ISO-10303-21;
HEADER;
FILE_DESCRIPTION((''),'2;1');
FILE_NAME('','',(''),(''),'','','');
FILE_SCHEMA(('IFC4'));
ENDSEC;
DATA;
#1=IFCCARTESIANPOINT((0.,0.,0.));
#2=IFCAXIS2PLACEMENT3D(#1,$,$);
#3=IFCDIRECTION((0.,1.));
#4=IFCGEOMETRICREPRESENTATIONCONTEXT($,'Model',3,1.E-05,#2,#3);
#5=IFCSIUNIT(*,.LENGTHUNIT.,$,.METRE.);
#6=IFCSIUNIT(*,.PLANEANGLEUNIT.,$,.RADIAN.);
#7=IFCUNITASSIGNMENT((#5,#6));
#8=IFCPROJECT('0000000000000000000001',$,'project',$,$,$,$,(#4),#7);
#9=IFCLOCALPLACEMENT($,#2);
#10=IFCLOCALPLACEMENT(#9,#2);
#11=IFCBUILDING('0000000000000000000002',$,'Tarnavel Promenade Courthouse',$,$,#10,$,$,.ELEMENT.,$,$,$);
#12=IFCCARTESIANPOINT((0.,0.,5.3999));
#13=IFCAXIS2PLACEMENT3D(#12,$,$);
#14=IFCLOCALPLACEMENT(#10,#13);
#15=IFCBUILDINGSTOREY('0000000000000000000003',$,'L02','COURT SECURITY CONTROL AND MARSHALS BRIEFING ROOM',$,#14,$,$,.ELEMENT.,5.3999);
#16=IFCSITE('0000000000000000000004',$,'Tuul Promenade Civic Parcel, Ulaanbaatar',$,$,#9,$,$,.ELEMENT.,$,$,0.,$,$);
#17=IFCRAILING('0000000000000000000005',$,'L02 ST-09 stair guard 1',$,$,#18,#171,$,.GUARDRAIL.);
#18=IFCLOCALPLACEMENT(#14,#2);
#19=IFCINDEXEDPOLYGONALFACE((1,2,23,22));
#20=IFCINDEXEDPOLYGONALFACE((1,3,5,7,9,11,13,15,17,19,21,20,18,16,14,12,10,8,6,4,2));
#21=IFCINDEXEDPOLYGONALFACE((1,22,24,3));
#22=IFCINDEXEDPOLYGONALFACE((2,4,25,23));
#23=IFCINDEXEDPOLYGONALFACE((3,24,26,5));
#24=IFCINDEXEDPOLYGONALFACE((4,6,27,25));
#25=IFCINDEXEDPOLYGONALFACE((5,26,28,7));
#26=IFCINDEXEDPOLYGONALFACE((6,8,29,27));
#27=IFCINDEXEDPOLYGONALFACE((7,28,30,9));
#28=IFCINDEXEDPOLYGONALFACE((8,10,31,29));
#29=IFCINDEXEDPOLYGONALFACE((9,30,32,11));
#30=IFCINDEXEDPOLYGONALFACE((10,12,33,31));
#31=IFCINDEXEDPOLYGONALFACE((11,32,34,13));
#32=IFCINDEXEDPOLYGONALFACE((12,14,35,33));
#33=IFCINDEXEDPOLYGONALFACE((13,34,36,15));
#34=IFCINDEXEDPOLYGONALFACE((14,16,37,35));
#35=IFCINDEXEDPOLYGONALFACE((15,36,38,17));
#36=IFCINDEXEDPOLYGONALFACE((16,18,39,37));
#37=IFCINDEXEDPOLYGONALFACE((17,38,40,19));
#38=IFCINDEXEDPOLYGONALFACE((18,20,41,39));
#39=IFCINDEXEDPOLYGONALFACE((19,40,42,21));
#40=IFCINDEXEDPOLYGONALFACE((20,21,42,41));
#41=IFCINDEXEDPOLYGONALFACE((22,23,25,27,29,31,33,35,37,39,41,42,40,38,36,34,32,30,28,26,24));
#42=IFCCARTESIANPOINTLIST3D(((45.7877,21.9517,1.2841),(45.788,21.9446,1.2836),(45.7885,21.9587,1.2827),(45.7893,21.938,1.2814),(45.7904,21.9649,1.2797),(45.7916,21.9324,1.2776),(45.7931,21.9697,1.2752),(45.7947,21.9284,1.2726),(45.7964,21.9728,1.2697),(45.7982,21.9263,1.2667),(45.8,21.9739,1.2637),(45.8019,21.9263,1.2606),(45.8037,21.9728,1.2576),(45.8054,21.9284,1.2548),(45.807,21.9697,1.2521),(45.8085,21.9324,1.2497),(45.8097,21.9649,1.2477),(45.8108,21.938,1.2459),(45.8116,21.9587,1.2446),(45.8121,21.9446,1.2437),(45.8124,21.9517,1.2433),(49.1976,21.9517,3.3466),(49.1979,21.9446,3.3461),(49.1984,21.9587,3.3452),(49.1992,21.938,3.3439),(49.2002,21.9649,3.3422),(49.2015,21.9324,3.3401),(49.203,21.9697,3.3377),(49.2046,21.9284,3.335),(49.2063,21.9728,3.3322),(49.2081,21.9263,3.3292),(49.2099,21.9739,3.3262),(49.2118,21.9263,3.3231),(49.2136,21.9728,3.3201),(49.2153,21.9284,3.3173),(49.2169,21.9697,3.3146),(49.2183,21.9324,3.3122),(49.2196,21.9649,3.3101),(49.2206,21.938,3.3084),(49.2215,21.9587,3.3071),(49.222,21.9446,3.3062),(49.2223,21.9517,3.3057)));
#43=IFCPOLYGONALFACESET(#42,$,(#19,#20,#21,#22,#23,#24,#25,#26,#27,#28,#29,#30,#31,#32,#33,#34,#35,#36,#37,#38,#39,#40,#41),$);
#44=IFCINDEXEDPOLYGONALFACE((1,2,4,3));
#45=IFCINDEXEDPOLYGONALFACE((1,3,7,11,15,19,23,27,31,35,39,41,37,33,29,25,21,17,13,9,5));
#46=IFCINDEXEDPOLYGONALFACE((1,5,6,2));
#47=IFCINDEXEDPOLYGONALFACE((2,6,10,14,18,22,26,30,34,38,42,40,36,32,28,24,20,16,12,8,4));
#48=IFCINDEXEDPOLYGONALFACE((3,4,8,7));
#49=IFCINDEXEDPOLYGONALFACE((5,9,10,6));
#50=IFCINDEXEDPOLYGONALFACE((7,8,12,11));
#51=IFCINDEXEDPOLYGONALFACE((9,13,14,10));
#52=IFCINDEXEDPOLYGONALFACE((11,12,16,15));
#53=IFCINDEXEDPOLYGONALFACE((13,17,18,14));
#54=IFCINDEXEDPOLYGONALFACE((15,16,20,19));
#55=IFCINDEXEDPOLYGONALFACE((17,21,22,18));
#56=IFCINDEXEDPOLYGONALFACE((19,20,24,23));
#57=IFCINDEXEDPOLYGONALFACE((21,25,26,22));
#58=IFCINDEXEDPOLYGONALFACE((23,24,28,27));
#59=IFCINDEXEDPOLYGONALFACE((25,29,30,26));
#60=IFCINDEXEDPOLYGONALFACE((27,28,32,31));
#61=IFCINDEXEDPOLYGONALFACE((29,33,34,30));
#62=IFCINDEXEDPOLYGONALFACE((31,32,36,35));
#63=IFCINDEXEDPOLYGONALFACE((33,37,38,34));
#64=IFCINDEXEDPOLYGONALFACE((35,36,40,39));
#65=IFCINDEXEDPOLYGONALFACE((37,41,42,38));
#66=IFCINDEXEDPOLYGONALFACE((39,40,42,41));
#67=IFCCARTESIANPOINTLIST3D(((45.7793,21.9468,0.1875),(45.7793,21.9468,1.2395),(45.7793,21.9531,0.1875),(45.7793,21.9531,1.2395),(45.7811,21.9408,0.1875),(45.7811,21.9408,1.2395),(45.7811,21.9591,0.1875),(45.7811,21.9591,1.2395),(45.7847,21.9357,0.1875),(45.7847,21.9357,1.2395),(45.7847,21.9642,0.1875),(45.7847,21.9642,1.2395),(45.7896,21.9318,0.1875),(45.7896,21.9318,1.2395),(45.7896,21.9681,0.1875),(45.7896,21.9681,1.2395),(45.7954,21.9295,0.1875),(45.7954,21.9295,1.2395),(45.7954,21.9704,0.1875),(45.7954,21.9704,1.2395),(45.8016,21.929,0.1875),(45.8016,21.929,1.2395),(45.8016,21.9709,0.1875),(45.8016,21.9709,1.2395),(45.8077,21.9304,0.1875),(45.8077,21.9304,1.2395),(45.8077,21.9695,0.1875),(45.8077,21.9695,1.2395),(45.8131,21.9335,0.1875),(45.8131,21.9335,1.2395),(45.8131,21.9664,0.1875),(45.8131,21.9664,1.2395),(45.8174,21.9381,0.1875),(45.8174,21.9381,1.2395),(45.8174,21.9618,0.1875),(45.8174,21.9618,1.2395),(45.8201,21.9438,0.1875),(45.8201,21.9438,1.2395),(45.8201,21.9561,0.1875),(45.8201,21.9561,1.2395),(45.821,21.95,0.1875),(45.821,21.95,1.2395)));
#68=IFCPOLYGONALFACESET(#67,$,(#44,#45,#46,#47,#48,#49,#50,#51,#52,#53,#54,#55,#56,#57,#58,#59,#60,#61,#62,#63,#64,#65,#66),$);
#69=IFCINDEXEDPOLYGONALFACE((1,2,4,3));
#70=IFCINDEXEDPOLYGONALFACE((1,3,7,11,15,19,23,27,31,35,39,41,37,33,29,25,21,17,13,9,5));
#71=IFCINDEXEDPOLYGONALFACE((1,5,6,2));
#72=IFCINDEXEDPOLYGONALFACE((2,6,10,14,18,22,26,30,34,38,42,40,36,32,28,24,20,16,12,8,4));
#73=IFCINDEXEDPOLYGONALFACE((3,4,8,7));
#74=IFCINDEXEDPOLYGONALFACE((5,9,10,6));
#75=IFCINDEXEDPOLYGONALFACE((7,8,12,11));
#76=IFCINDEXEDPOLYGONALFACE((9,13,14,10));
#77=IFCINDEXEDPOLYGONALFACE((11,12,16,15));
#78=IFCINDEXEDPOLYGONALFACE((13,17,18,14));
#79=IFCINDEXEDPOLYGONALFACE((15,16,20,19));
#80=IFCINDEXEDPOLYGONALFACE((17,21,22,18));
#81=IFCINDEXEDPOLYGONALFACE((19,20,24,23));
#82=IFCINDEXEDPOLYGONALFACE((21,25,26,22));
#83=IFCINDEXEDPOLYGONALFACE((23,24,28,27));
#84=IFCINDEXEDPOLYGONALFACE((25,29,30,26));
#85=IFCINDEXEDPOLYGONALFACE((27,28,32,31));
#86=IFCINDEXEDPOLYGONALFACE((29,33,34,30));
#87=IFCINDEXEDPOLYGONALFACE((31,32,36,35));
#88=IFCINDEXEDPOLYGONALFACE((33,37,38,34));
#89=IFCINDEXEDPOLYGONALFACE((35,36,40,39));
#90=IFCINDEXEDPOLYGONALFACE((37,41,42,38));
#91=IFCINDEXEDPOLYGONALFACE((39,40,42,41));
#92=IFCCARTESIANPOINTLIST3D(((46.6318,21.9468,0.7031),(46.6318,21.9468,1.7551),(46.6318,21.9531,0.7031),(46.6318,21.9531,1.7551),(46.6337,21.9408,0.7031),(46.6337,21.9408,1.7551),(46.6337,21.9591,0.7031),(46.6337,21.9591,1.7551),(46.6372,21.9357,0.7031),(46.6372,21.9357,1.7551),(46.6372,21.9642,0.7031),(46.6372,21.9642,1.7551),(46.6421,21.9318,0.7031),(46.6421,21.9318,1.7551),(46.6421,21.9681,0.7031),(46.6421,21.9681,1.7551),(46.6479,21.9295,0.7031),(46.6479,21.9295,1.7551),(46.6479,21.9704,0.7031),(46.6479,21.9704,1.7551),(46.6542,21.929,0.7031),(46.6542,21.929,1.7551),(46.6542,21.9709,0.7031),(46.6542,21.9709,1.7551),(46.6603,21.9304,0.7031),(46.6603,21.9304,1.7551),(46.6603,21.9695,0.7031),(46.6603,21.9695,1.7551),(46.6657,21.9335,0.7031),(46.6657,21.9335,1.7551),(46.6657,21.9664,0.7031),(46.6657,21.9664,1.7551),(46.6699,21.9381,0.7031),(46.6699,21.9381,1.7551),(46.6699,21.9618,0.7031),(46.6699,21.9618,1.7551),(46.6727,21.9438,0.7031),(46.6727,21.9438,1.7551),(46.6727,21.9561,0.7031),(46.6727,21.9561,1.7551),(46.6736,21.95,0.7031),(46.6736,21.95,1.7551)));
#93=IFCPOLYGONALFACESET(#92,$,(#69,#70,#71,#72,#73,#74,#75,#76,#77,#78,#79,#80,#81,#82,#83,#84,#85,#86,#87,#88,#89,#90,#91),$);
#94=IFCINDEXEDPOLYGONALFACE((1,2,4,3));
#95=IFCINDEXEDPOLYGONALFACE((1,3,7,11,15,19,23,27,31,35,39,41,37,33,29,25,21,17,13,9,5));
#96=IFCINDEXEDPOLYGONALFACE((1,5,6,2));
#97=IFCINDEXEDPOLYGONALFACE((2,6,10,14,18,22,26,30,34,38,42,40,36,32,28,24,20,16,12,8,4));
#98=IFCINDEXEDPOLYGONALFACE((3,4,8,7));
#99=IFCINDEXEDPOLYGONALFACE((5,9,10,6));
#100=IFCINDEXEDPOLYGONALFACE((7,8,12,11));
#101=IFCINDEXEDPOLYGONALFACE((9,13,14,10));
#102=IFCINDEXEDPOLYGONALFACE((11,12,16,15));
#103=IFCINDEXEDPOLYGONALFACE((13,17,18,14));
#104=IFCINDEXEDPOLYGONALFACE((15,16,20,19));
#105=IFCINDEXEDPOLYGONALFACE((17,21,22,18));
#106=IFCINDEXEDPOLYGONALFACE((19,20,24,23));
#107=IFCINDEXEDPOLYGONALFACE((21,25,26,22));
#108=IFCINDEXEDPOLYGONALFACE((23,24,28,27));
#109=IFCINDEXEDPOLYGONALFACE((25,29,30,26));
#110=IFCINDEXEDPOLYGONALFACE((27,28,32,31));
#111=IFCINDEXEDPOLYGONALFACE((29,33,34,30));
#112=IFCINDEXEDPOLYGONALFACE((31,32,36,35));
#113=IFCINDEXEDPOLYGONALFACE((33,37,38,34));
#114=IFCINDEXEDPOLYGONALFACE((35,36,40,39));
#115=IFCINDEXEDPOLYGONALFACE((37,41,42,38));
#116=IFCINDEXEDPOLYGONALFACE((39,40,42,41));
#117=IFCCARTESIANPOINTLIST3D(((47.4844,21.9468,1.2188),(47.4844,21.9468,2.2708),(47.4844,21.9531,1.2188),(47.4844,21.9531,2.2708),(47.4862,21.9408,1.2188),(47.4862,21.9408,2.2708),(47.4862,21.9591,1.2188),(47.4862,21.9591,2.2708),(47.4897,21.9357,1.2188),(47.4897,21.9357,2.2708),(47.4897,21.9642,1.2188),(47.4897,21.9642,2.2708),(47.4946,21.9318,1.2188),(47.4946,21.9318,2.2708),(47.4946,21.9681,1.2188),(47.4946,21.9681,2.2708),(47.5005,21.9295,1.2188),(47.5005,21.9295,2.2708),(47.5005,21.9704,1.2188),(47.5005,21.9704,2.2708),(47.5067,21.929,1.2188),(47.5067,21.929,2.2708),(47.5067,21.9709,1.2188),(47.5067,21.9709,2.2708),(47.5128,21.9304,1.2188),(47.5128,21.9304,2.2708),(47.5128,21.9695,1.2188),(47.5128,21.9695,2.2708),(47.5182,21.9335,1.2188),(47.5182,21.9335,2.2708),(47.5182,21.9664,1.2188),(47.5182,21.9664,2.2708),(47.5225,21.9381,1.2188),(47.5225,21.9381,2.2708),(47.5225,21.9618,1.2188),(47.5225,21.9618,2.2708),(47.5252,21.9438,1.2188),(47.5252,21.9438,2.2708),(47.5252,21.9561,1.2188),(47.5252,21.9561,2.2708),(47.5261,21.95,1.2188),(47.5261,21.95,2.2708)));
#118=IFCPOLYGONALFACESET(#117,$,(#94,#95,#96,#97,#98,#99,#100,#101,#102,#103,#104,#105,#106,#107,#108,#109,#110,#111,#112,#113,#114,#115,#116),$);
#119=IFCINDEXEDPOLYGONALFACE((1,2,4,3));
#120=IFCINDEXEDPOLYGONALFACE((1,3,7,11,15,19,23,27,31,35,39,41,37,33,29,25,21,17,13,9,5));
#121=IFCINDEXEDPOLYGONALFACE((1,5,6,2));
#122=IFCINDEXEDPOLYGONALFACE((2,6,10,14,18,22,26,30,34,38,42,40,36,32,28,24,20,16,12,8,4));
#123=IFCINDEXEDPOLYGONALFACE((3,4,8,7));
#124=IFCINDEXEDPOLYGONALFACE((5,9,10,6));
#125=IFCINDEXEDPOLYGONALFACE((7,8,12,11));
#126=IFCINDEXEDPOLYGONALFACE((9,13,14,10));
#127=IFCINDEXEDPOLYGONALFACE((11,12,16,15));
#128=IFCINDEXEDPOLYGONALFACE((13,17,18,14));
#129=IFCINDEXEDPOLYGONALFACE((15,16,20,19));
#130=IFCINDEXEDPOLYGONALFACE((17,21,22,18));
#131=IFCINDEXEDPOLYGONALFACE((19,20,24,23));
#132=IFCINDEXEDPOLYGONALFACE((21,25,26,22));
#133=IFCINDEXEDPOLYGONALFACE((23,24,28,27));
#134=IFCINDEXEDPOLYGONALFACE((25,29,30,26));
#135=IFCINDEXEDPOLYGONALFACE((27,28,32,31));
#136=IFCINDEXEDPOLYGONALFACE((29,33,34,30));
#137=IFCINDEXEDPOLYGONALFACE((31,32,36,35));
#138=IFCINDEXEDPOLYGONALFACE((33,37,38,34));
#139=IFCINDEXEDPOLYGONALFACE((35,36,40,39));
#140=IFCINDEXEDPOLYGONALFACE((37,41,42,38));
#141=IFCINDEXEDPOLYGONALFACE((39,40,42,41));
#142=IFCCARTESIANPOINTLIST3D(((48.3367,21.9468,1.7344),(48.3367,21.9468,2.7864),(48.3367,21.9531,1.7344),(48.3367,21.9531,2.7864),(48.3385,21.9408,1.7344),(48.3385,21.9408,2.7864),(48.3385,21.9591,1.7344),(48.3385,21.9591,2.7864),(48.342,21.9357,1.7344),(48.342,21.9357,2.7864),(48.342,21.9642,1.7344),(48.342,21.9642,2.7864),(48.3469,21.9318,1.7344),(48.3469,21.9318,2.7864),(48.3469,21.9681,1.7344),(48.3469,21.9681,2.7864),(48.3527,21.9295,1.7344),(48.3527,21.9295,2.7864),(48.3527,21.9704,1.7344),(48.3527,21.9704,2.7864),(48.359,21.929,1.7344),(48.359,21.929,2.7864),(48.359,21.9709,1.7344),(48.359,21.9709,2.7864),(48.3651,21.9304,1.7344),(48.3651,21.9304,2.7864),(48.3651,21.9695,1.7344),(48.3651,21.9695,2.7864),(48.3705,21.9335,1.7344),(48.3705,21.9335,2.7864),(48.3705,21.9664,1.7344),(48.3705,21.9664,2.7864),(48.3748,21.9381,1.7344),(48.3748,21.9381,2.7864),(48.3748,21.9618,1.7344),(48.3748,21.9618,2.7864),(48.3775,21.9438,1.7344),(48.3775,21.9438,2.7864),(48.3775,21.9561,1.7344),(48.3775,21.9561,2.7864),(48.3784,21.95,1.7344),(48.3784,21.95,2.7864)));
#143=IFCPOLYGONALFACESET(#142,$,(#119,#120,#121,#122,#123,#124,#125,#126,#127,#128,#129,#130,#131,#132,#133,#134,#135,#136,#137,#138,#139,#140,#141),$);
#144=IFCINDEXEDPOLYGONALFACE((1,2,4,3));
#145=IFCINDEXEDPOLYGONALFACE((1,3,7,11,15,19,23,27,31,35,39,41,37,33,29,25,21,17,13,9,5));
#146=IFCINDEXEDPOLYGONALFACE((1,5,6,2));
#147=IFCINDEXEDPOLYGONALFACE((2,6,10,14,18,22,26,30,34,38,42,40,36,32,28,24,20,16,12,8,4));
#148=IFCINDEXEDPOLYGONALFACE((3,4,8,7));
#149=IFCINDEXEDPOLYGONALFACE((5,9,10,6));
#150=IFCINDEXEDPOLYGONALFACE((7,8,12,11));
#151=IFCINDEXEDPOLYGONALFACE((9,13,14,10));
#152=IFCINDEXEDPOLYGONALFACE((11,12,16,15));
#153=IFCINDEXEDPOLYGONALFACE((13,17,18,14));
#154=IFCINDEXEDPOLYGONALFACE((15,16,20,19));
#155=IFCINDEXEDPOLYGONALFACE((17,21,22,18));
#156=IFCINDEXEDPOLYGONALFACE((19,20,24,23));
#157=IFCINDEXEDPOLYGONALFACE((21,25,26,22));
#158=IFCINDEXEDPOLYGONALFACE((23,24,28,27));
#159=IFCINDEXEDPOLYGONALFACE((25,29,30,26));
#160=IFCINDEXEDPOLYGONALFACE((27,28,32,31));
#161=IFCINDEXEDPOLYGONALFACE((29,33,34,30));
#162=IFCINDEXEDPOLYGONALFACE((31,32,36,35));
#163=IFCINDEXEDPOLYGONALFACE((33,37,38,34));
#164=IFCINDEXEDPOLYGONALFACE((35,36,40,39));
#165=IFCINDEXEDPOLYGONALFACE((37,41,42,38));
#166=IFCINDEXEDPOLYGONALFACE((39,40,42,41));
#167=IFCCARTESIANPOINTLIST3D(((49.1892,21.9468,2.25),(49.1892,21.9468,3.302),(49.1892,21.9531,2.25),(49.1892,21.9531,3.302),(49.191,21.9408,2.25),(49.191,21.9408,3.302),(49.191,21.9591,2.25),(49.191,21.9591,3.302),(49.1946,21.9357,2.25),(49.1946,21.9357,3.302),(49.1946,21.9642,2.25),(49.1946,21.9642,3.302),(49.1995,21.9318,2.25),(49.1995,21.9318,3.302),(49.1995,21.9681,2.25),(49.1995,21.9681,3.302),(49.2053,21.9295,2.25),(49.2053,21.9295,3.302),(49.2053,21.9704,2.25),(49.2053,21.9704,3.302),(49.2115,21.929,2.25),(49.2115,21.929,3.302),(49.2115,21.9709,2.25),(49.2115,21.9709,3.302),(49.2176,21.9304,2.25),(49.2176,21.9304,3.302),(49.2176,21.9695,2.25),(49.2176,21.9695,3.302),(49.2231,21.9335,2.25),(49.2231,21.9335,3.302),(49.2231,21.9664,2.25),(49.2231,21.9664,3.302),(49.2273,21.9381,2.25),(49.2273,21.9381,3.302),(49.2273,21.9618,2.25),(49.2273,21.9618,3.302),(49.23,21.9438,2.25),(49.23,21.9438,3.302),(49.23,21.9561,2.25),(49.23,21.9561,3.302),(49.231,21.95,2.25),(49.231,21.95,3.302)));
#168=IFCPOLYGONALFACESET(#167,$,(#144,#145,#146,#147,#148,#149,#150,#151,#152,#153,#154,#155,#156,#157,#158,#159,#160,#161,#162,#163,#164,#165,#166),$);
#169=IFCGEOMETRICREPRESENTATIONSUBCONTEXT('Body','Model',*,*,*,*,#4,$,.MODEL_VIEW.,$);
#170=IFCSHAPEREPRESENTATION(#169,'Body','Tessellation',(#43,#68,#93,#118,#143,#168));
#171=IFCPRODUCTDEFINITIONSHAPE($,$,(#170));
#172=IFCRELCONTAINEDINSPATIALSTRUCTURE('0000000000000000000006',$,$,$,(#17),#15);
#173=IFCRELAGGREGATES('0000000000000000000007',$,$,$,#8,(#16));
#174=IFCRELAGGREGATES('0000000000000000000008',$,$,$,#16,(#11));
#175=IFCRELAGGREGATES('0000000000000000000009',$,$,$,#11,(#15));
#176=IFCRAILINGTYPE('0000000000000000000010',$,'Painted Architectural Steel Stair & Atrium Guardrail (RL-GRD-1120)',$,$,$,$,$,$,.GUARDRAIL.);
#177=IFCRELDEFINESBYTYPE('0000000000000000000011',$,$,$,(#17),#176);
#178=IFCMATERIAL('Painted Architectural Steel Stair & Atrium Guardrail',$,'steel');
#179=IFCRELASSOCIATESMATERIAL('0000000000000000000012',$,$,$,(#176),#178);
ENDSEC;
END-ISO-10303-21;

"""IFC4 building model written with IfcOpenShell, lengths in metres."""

from ifc_helpers import new_model, si_unit, direction, frame, origin, origin_2d, place, context, subcontext, project, spatial, circle, extrude, material, type_object, element, save


model = new_model("IFC4")

# Units and contexts
model_context = context("Model", 3, precision=1e-05, world=origin(), true_north=direction((0.0, 1.0)))
body_context = subcontext(model_context, "Body", "Model", "MODEL_VIEW")
ifc_project = project(units=[si_unit("LENGTHUNIT", "METRE"), si_unit("PLANEANGLEUNIT", "RADIAN")], contexts=[model_context])

# Site, building, storey
site_placement = place(None, origin())
site = spatial("IfcSite", under=ifc_project, at=site_placement, Name="Tuul Promenade Civic Parcel, Ulaanbaatar", CompositionType="ELEMENT", RefElevation=0.0)
building_placement = place(site_placement, origin())
building = spatial("IfcBuilding", under=site, at=building_placement, Name="Tarnavel Promenade Courthouse", CompositionType="ELEMENT")
storey_placement = place(building_placement, frame((0.0, 0.0, 5.3999)))
storey = spatial("IfcBuildingStorey", under=building, at=storey_placement, Name="L02", Description="COURT SECURITY CONTROL AND MARSHALS BRIEFING ROOM", CompositionType="ELEMENT", Elevation=5.3999)

# Railing
ifc_material_1 = material(Name="Painted Architectural Steel Stair & Atrium Guardrail", Category="steel")
railing_type_1 = type_object("IfcRailingType", Name="Painted Architectural Steel Stair & Atrium Guardrail (RL-GRD-1120)", PredefinedType="GUARDRAIL", material=ifc_material_1)
railing_1_placement = place(storey_placement, frame((45.8, 21.95, 0.1875)))
element("IfcRailing", 1, at=railing_1_placement, inside=storey, type_object=railing_type_1, Name="L02 ST-09 stair guard 1", PredefinedType="GUARDRAIL", context=body_context, shape_type="SweptSolid", body=[
    extrude(circle(Radius=0.0239, at=origin_2d()), frame((0.0, 0.0, 1.0762), z_axis=(0.855655, 0.0, 0.517547), x_axis=(0.0, 1.0, 0.0)), (0.0, 0.0, 1.0), 3.9851),
    extrude(circle(Radius=0.021, at=origin_2d()), origin(), (0.0, 0.0, 1.0), 1.052),
    extrude(circle(Radius=0.021, at=origin_2d()), frame((0.8525, 0.0, 0.5156)), (0.0, 0.0, 1.0), 1.052),
    extrude(circle(Radius=0.021, at=origin_2d()), frame((1.7051, 0.0, 1.0312)), (0.0, 0.0, 1.0), 1.052),
    extrude(circle(Radius=0.021, at=origin_2d()), frame((2.5574, 0.0, 1.5469)), (0.0, 0.0, 1.0), 1.052),
    extrude(circle(Radius=0.021, at=origin_2d()), frame((3.4099, 0.0, 2.0625)), (0.0, 0.0, 1.0), 1.052),
])

save(model, "model.ifc")
